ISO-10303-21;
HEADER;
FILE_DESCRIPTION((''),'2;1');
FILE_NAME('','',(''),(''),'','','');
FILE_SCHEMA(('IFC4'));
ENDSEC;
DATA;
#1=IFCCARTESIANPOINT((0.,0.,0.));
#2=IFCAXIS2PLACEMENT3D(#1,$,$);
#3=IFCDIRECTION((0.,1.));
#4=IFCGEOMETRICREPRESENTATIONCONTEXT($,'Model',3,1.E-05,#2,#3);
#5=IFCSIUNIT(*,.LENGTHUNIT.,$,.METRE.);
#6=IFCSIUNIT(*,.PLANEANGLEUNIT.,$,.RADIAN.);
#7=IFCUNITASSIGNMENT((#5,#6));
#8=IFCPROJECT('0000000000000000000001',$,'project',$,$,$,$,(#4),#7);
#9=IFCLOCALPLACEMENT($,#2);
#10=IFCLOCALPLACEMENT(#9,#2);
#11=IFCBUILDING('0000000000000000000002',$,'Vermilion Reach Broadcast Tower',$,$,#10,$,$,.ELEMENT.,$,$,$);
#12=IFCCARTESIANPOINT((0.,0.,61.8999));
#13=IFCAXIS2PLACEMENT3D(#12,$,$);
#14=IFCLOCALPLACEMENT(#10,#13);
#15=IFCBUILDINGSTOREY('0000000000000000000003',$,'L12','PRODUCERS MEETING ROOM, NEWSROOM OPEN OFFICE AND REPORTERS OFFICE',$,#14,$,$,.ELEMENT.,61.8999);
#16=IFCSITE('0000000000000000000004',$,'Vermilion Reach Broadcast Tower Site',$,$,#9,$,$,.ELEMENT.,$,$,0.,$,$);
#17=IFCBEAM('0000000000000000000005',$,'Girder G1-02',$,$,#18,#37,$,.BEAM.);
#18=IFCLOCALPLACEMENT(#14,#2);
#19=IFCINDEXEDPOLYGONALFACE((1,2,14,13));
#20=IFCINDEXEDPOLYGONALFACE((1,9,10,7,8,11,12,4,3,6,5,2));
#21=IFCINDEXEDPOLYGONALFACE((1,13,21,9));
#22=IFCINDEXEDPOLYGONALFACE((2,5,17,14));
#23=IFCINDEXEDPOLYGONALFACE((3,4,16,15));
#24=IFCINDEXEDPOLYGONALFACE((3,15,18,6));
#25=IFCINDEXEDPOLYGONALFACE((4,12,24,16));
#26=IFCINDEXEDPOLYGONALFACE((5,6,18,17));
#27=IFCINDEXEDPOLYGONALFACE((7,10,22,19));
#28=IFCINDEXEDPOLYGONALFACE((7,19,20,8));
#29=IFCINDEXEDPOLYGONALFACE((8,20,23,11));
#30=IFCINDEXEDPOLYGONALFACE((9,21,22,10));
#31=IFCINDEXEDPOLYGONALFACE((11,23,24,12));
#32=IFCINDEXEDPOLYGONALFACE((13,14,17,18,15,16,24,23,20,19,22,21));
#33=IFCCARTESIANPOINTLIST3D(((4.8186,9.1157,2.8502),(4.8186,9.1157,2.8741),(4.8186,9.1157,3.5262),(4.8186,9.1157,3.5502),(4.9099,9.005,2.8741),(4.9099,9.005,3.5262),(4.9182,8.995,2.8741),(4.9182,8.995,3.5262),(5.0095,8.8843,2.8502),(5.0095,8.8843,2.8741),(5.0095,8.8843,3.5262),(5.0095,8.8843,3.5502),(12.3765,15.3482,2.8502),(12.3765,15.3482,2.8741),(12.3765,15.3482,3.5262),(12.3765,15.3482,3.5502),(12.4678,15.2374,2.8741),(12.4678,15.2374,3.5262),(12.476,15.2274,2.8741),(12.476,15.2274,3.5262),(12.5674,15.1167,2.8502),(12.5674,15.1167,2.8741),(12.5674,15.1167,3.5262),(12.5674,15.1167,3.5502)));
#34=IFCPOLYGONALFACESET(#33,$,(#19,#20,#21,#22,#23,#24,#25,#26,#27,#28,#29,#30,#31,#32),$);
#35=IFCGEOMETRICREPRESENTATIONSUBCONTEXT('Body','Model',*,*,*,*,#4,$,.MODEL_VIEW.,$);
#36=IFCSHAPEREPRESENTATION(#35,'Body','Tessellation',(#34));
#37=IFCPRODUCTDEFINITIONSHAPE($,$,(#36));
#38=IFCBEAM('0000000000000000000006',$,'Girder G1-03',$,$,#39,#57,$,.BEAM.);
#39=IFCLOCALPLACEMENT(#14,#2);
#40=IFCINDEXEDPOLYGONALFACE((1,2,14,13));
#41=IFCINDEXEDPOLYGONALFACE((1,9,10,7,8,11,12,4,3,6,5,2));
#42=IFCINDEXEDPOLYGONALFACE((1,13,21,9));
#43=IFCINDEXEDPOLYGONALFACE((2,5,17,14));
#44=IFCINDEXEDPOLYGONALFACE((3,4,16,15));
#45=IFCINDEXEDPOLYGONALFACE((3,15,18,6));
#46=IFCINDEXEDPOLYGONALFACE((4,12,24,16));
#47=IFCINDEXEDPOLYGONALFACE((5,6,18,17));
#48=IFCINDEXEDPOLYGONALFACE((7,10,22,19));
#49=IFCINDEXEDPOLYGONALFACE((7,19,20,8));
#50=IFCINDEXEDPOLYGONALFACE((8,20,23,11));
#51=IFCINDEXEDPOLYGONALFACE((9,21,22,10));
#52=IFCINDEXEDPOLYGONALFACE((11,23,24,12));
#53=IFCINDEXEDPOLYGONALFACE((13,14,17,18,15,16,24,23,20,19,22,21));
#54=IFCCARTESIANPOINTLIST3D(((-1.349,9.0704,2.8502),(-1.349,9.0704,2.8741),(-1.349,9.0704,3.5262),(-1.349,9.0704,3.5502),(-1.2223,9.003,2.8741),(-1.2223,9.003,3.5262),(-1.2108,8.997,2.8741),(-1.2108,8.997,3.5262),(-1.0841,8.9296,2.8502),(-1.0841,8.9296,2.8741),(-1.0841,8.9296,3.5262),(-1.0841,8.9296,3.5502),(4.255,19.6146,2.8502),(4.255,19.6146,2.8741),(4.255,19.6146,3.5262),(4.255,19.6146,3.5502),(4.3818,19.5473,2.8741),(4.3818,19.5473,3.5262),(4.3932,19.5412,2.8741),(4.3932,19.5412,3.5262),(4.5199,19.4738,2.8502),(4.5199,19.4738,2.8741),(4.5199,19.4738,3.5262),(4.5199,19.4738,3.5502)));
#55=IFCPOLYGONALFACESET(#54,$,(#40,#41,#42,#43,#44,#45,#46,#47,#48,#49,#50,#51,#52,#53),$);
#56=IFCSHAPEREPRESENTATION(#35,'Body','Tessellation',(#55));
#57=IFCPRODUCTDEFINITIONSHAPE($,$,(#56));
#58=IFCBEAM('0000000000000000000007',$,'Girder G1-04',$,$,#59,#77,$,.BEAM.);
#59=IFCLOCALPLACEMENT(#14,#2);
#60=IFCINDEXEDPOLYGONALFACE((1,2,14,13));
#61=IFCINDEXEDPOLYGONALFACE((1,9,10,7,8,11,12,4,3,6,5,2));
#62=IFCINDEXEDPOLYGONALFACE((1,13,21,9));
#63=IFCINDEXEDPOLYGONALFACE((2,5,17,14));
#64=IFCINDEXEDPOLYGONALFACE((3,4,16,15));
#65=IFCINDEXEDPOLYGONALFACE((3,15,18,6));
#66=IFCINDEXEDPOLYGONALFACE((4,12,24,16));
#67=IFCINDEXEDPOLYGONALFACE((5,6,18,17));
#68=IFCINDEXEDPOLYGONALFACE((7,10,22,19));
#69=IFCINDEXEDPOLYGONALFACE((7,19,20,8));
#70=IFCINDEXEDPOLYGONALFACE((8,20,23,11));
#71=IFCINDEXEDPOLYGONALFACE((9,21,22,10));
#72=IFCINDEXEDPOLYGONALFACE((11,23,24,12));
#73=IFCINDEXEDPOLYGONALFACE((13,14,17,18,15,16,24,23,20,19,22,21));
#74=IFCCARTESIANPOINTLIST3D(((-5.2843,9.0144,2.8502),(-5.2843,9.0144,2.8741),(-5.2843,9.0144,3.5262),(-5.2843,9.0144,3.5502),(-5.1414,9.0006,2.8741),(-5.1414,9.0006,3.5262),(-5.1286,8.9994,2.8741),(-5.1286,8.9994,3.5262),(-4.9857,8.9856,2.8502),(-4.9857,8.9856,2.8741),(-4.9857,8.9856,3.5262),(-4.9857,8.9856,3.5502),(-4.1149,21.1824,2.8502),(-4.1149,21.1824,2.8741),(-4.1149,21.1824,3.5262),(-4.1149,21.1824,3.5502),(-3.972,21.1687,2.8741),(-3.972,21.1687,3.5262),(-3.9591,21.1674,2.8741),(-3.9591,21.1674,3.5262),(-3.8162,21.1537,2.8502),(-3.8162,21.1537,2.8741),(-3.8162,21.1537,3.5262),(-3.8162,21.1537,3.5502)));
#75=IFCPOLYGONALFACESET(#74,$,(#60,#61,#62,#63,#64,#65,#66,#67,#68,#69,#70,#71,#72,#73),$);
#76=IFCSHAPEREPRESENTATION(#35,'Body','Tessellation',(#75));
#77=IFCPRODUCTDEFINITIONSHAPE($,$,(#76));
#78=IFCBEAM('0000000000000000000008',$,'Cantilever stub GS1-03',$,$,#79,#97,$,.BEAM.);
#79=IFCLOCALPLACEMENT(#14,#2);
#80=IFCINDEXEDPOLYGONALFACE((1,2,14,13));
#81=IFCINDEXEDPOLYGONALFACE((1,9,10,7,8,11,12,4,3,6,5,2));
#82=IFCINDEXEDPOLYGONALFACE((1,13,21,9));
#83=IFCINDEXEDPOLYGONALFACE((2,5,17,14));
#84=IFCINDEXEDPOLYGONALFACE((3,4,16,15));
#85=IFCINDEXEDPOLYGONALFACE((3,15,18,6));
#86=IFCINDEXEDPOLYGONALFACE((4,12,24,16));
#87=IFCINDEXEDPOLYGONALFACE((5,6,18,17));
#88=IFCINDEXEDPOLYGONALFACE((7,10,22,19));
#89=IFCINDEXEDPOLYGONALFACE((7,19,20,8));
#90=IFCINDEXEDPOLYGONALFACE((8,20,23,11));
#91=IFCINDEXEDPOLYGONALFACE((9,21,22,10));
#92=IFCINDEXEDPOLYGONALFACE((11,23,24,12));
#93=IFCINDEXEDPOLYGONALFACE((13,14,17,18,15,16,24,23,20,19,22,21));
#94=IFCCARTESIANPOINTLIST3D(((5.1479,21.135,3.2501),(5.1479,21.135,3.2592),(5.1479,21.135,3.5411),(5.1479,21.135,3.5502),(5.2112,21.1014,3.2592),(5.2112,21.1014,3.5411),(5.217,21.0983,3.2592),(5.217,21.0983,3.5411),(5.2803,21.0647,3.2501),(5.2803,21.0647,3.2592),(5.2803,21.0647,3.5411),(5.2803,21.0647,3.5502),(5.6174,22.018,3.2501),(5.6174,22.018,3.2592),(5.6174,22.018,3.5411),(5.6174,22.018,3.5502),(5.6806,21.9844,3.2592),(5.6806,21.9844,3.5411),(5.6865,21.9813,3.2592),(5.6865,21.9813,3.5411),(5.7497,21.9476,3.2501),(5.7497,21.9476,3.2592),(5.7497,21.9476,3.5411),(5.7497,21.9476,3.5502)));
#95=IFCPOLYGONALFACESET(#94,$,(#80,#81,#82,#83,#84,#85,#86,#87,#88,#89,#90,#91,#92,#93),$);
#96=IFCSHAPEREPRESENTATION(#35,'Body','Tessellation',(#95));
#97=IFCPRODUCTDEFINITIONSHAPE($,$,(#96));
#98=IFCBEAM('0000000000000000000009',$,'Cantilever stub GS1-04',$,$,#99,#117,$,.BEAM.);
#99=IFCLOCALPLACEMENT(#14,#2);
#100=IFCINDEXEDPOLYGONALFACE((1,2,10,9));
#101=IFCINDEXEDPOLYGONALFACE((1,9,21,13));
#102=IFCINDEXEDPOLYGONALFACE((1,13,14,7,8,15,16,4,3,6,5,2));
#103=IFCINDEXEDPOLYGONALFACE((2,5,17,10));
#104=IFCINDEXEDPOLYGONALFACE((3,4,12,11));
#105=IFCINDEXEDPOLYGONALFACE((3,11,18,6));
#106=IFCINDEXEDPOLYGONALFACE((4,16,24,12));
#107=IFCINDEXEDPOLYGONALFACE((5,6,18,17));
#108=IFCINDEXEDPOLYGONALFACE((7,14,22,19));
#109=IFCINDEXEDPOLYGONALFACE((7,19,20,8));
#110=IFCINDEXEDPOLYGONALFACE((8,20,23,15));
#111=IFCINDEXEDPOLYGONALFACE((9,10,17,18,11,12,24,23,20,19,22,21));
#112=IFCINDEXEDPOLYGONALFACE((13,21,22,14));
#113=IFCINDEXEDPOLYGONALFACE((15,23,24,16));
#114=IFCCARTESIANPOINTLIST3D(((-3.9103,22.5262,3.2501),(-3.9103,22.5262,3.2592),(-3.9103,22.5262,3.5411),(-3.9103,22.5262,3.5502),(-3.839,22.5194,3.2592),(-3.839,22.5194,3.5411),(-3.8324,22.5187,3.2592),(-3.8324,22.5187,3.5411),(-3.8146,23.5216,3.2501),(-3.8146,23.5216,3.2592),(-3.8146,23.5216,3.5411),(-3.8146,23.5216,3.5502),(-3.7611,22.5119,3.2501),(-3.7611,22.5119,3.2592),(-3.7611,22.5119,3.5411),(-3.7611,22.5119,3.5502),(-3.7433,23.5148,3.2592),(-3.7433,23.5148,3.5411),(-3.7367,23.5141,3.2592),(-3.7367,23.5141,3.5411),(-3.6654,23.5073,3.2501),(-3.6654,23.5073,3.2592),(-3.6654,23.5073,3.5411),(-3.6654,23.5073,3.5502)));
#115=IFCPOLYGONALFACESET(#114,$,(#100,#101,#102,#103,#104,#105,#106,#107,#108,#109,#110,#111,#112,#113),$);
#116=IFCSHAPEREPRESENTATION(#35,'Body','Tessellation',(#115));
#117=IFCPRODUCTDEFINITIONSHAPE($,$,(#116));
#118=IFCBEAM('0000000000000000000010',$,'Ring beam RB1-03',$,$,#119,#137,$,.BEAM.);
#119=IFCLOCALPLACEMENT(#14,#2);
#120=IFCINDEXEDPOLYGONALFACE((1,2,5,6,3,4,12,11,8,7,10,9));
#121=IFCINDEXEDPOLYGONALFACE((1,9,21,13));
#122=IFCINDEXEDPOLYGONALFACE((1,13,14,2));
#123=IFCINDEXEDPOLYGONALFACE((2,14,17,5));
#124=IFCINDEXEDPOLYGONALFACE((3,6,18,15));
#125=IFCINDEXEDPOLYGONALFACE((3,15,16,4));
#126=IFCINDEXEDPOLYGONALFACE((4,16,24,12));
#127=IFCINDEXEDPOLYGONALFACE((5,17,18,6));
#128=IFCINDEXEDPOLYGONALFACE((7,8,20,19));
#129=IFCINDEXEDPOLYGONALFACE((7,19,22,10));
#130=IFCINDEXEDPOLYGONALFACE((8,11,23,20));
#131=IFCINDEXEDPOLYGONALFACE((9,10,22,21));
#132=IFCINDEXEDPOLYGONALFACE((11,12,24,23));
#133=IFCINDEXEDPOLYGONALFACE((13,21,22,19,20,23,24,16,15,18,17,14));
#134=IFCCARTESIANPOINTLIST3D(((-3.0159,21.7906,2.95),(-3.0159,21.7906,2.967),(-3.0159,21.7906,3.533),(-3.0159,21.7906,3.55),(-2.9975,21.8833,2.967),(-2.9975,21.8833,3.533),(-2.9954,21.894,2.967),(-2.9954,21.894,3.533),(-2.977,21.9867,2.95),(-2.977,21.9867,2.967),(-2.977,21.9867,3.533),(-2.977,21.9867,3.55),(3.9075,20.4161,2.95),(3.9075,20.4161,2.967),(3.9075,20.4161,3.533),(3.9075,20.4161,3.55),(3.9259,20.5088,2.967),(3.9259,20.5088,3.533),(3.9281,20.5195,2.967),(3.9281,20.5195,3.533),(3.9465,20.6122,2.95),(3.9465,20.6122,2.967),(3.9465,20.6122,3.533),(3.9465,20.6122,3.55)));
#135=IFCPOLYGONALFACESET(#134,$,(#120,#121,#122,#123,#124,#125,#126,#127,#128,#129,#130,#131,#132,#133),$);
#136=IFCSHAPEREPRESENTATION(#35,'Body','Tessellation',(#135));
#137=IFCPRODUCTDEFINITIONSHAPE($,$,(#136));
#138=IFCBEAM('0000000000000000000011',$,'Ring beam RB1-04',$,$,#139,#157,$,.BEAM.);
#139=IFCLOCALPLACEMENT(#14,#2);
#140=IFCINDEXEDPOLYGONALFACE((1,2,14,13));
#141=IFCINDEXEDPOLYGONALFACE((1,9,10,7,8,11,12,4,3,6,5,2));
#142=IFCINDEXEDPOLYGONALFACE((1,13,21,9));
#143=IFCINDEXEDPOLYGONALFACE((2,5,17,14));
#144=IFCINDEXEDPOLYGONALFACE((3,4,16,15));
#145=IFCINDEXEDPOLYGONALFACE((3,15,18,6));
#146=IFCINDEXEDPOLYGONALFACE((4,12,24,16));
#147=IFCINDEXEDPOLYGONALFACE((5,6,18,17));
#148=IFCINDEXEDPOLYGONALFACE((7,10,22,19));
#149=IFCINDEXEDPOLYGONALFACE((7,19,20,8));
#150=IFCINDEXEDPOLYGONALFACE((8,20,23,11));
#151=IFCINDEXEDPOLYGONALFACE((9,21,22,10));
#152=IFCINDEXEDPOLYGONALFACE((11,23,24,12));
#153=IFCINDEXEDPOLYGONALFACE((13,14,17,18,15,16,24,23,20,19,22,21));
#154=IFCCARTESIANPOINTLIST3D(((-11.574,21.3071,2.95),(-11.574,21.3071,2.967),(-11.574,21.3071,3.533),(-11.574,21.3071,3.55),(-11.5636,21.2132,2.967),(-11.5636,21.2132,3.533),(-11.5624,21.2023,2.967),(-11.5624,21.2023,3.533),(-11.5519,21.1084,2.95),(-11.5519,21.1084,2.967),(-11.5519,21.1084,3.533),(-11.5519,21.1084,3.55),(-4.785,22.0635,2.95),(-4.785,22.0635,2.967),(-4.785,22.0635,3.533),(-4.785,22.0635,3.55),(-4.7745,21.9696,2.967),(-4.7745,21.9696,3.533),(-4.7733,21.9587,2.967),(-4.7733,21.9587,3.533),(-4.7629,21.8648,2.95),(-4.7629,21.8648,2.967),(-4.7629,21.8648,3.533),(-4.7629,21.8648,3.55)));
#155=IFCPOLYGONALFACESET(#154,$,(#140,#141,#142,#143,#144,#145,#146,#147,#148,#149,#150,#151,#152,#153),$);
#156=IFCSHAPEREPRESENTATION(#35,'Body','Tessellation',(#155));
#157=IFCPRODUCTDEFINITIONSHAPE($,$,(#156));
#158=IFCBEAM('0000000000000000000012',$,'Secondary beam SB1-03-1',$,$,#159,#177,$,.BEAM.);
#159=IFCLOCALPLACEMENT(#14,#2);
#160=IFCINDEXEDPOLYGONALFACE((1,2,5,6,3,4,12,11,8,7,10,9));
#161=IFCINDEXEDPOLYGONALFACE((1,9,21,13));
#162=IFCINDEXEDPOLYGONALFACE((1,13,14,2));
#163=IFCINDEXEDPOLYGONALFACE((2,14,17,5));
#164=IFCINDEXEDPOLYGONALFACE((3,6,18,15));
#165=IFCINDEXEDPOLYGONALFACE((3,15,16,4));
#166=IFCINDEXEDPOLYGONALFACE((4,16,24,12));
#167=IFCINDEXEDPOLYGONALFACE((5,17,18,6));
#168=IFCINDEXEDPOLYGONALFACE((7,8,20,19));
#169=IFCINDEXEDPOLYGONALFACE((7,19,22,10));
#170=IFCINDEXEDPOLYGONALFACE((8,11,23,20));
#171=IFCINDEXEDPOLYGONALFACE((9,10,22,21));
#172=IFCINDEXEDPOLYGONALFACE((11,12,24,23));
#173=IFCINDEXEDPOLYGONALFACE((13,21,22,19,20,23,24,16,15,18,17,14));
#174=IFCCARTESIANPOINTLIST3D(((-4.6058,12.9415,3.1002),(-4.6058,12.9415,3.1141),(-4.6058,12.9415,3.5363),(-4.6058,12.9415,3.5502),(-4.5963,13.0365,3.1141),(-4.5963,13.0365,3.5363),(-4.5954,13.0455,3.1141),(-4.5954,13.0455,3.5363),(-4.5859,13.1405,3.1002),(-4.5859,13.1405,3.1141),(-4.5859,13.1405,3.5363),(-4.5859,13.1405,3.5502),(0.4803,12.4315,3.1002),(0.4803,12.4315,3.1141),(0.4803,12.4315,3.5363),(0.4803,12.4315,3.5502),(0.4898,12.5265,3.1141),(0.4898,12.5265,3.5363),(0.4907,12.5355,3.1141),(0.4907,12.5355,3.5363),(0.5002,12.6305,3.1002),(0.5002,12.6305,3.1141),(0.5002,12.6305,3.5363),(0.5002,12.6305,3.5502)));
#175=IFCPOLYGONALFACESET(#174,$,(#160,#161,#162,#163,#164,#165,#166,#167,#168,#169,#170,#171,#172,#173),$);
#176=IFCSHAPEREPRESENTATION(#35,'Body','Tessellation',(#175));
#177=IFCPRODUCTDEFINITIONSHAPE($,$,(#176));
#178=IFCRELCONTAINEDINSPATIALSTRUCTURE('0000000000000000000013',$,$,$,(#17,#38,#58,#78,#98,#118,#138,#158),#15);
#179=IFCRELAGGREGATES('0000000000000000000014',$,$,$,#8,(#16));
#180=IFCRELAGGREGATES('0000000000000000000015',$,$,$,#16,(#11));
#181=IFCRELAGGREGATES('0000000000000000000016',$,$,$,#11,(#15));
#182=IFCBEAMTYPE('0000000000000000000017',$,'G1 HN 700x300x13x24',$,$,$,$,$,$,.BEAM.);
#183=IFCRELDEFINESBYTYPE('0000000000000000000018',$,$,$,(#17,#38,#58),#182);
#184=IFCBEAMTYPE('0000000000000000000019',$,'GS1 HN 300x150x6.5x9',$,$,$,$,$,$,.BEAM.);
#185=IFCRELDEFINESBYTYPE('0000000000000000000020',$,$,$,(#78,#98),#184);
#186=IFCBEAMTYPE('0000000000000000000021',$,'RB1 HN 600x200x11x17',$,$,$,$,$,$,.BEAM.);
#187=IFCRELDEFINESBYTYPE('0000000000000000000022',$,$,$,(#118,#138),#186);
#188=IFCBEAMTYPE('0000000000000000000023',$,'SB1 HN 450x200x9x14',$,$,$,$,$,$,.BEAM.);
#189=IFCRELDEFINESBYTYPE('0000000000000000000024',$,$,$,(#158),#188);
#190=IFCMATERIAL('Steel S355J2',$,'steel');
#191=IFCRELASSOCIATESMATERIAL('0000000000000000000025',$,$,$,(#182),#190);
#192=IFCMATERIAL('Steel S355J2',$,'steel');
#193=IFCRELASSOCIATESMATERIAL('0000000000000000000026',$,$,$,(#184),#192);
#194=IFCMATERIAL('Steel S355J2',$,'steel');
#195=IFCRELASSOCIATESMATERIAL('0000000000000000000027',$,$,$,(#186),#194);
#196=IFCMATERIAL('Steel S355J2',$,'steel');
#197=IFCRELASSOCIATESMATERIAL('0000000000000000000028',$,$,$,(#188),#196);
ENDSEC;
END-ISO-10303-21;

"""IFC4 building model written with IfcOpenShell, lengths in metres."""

from ifc_helpers import new_model, si_unit, direction, frame, origin, origin_2d, place, context, subcontext, project, spatial, i_section, extrude, material, material_profile, profile_set, type_object, element, save


model = new_model("IFC4")

# Units and contexts
model_context = context("Model", 3, precision=1e-05, world=origin(), true_north=direction((0.0, 1.0)))
body_context = subcontext(model_context, "Body", "Model", "MODEL_VIEW")
ifc_project = project(units=[si_unit("LENGTHUNIT", "METRE"), si_unit("PLANEANGLEUNIT", "RADIAN")], contexts=[model_context])

# Site, building, storey
site_placement = place(None, origin())
site = spatial("IfcSite", under=ifc_project, at=site_placement, Name="Vermilion Reach Broadcast Tower Site", CompositionType="ELEMENT", RefElevation=0.0)
building_placement = place(site_placement, origin())
building = spatial("IfcBuilding", under=site, at=building_placement, Name="Vermilion Reach Broadcast Tower", CompositionType="ELEMENT")
storey_placement = place(building_placement, frame((0.0, 0.0, 61.8999)))
storey = spatial("IfcBuildingStorey", under=building, at=storey_placement, Name="L12", Description="PRODUCERS MEETING ROOM, NEWSROOM OPEN OFFICE AND REPORTERS OFFICE", CompositionType="ELEMENT", Elevation=61.8999)

# Beams
ifc_material_1 = material(Name="Steel S355J2", Category="steel")
ifc_material_profile_1 = material_profile(ifc_material_1, i_section(OverallWidth=0.3, OverallDepth=0.7, WebThickness=0.0129, FlangeThickness=0.0239, at=origin_2d()), Name="S355J2 HN 700x300x13x24")
ifc_profile_set_1 = profile_set([ifc_material_profile_1], Name="Steel S355J2")
beam_type_1 = type_object("IfcBeamType", Name="G1 HN 700x300x13x24", PredefinedType="BEAM", material=ifc_profile_set_1)
beam_1_placement = place(storey_placement, frame((4.9141, 9.0, 3.2002), z_axis=(0.771514, 0.636212, 0.0), x_axis=(-0.636212, 0.771514, 0.0)))
element("IfcBeam", 1, at=beam_1_placement, inside=storey, type_object=beam_type_1, Name="Girder G1-02", PredefinedType="BEAM", context=body_context, shape_type="SweptSolid", body=[
    extrude(i_section(OverallWidth=0.3, OverallDepth=0.7, WebThickness=0.0129, FlangeThickness=0.0239, at=origin_2d()), origin(), (0.0, 0.0, 1.0), 9.7961),
])
beam_2_placement = place(storey_placement, frame((-1.2166, 9.0, 3.2002), z_axis=(0.469312, 0.883032, 0.0), x_axis=(-0.883032, 0.469312, 0.0)))
element("IfcBeam", 2, at=beam_2_placement, inside=storey, type_object=beam_type_1, Name="Girder G1-03", PredefinedType="BEAM", context=body_context, shape_type="SweptSolid", body=[
    extrude(i_section(OverallWidth=0.3, OverallDepth=0.7, WebThickness=0.0129, FlangeThickness=0.0239, at=origin_2d()), origin(), (0.0, 0.0, 1.0), 11.9409),
])
beam_3_placement = place(storey_placement, frame((-5.135, 9.0, 3.2002), z_axis=(0.095667, 0.995413, 0.0), x_axis=(-0.995413, 0.095667, 0.0)))
element("IfcBeam", 3, at=beam_3_placement, inside=storey, type_object=beam_type_1, Name="Girder G1-04", PredefinedType="BEAM", context=body_context, shape_type="SweptSolid", body=[
    extrude(i_section(OverallWidth=0.3, OverallDepth=0.7, WebThickness=0.0129, FlangeThickness=0.0239, at=origin_2d()), origin(), (0.0, 0.0, 1.0), 12.2241),
])
ifc_material_2 = material(Name="Steel S355J2", Category="steel")
ifc_material_profile_2 = material_profile(ifc_material_2, i_section(OverallWidth=0.1499, OverallDepth=0.3, WebThickness=0.0066, FlangeThickness=0.009, at=origin_2d()), Name="S355J2 HN 300x150x6.5x9")
ifc_profile_set_2 = profile_set([ifc_material_profile_2], Name="Steel S355J2")
beam_type_2 = type_object("IfcBeamType", Name="GS1 HN 300x150x6.5x9", PredefinedType="BEAM", material=ifc_profile_set_2)
for number, where, z_axis, x_axis, name in (
    (4, (5.2141, 21.0999, 3.4001), (0.469435, 0.882967, 0.0), (-0.882967, 0.469435, 0.0), "Cantilever stub GS1-03"),
    (5, (-3.8357, 22.519, 3.4001), (0.095708, 0.995409, 0.0), (-0.995409, 0.095708, 0.0), "Cantilever stub GS1-04"),
):
    element("IfcBeam", number, at=place(storey_placement, frame(where, z_axis=z_axis, x_axis=x_axis)), inside=storey, type_object=beam_type_2, Name=name, PredefinedType="BEAM", context=body_context, shape_type="SweptSolid", body=[
        extrude(i_section(OverallWidth=0.1499, OverallDepth=0.3, WebThickness=0.0066, FlangeThickness=0.009, at=origin_2d()), origin(), (0.0, 0.0, 1.0), 1.0),
    ])
ifc_material_3 = material(Name="Steel S355J2", Category="steel")
ifc_material_profile_3 = material_profile(ifc_material_3, i_section(OverallWidth=0.2, OverallDepth=0.6001, WebThickness=0.011, FlangeThickness=0.0171, at=origin_2d()), Name="S355J2 HN 600x200x11x17")
ifc_profile_set_3 = profile_set([ifc_material_profile_3], Name="Steel S355J2")
beam_type_3 = type_object("IfcBeamType", Name="RB1 HN 600x200x11x17", PredefinedType="BEAM", material=ifc_profile_set_3)
beam_4_placement = place(storey_placement, frame((3.927, 20.5142, 3.25), z_axis=(-0.980858, 0.194726, 0.0), x_axis=(-0.194726, -0.980858, 0.0)))
element("IfcBeam", 6, at=beam_4_placement, inside=storey, type_object=beam_type_3, Name="Ring beam RB1-03", PredefinedType="BEAM", context=body_context, shape_type="SweptSolid", body=[
    extrude(i_section(OverallWidth=0.2, OverallDepth=0.6001, WebThickness=0.011, FlangeThickness=0.0171, at=origin_2d()), origin(), (0.0, 0.0, 1.0), 7.0586),
])
beam_5_placement = place(storey_placement, frame((-4.7739, 21.9641, 3.25), z_axis=(-0.993851, -0.110722, 0.0), x_axis=(0.110722, -0.993851, 0.0)))
element("IfcBeam", 7, at=beam_5_placement, inside=storey, type_object=beam_type_3, Name="Ring beam RB1-04", PredefinedType="BEAM", context=body_context, shape_type="SweptSolid", body=[
    extrude(i_section(OverallWidth=0.2, OverallDepth=0.6001, WebThickness=0.011, FlangeThickness=0.0171, at=origin_2d()), origin(), (0.0, 0.0, 1.0), 6.8311),
])
ifc_material_4 = material(Name="Steel S355J2", Category="steel")
ifc_material_profile_4 = material_profile(ifc_material_4, i_section(OverallWidth=0.2, OverallDepth=0.45, WebThickness=0.009, FlangeThickness=0.0139, at=origin_2d()), Name="S355J2 HN 450x200x9x14")
ifc_profile_set_4 = profile_set([ifc_material_profile_4], Name="Steel S355J2")
beam_type_4 = type_object("IfcBeamType", Name="SB1 HN 450x200x9x14", PredefinedType="BEAM", material=ifc_profile_set_4)
beam_6_placement = place(storey_placement, frame((0.4902, 12.531, 3.3252), z_axis=(-0.99501, 0.099773, 0.0), x_axis=(-0.099773, -0.99501, 0.0)))
element("IfcBeam", 8, at=beam_6_placement, inside=storey, type_object=beam_type_4, Name="Secondary beam SB1-03-1", PredefinedType="BEAM", context=body_context, shape_type="SweptSolid", body=[
    extrude(i_section(OverallWidth=0.2, OverallDepth=0.45, WebThickness=0.009, FlangeThickness=0.0139, at=origin_2d()), origin(), (0.0, 0.0, 1.0), 5.1116),
])

save(model, "model.ifc")
